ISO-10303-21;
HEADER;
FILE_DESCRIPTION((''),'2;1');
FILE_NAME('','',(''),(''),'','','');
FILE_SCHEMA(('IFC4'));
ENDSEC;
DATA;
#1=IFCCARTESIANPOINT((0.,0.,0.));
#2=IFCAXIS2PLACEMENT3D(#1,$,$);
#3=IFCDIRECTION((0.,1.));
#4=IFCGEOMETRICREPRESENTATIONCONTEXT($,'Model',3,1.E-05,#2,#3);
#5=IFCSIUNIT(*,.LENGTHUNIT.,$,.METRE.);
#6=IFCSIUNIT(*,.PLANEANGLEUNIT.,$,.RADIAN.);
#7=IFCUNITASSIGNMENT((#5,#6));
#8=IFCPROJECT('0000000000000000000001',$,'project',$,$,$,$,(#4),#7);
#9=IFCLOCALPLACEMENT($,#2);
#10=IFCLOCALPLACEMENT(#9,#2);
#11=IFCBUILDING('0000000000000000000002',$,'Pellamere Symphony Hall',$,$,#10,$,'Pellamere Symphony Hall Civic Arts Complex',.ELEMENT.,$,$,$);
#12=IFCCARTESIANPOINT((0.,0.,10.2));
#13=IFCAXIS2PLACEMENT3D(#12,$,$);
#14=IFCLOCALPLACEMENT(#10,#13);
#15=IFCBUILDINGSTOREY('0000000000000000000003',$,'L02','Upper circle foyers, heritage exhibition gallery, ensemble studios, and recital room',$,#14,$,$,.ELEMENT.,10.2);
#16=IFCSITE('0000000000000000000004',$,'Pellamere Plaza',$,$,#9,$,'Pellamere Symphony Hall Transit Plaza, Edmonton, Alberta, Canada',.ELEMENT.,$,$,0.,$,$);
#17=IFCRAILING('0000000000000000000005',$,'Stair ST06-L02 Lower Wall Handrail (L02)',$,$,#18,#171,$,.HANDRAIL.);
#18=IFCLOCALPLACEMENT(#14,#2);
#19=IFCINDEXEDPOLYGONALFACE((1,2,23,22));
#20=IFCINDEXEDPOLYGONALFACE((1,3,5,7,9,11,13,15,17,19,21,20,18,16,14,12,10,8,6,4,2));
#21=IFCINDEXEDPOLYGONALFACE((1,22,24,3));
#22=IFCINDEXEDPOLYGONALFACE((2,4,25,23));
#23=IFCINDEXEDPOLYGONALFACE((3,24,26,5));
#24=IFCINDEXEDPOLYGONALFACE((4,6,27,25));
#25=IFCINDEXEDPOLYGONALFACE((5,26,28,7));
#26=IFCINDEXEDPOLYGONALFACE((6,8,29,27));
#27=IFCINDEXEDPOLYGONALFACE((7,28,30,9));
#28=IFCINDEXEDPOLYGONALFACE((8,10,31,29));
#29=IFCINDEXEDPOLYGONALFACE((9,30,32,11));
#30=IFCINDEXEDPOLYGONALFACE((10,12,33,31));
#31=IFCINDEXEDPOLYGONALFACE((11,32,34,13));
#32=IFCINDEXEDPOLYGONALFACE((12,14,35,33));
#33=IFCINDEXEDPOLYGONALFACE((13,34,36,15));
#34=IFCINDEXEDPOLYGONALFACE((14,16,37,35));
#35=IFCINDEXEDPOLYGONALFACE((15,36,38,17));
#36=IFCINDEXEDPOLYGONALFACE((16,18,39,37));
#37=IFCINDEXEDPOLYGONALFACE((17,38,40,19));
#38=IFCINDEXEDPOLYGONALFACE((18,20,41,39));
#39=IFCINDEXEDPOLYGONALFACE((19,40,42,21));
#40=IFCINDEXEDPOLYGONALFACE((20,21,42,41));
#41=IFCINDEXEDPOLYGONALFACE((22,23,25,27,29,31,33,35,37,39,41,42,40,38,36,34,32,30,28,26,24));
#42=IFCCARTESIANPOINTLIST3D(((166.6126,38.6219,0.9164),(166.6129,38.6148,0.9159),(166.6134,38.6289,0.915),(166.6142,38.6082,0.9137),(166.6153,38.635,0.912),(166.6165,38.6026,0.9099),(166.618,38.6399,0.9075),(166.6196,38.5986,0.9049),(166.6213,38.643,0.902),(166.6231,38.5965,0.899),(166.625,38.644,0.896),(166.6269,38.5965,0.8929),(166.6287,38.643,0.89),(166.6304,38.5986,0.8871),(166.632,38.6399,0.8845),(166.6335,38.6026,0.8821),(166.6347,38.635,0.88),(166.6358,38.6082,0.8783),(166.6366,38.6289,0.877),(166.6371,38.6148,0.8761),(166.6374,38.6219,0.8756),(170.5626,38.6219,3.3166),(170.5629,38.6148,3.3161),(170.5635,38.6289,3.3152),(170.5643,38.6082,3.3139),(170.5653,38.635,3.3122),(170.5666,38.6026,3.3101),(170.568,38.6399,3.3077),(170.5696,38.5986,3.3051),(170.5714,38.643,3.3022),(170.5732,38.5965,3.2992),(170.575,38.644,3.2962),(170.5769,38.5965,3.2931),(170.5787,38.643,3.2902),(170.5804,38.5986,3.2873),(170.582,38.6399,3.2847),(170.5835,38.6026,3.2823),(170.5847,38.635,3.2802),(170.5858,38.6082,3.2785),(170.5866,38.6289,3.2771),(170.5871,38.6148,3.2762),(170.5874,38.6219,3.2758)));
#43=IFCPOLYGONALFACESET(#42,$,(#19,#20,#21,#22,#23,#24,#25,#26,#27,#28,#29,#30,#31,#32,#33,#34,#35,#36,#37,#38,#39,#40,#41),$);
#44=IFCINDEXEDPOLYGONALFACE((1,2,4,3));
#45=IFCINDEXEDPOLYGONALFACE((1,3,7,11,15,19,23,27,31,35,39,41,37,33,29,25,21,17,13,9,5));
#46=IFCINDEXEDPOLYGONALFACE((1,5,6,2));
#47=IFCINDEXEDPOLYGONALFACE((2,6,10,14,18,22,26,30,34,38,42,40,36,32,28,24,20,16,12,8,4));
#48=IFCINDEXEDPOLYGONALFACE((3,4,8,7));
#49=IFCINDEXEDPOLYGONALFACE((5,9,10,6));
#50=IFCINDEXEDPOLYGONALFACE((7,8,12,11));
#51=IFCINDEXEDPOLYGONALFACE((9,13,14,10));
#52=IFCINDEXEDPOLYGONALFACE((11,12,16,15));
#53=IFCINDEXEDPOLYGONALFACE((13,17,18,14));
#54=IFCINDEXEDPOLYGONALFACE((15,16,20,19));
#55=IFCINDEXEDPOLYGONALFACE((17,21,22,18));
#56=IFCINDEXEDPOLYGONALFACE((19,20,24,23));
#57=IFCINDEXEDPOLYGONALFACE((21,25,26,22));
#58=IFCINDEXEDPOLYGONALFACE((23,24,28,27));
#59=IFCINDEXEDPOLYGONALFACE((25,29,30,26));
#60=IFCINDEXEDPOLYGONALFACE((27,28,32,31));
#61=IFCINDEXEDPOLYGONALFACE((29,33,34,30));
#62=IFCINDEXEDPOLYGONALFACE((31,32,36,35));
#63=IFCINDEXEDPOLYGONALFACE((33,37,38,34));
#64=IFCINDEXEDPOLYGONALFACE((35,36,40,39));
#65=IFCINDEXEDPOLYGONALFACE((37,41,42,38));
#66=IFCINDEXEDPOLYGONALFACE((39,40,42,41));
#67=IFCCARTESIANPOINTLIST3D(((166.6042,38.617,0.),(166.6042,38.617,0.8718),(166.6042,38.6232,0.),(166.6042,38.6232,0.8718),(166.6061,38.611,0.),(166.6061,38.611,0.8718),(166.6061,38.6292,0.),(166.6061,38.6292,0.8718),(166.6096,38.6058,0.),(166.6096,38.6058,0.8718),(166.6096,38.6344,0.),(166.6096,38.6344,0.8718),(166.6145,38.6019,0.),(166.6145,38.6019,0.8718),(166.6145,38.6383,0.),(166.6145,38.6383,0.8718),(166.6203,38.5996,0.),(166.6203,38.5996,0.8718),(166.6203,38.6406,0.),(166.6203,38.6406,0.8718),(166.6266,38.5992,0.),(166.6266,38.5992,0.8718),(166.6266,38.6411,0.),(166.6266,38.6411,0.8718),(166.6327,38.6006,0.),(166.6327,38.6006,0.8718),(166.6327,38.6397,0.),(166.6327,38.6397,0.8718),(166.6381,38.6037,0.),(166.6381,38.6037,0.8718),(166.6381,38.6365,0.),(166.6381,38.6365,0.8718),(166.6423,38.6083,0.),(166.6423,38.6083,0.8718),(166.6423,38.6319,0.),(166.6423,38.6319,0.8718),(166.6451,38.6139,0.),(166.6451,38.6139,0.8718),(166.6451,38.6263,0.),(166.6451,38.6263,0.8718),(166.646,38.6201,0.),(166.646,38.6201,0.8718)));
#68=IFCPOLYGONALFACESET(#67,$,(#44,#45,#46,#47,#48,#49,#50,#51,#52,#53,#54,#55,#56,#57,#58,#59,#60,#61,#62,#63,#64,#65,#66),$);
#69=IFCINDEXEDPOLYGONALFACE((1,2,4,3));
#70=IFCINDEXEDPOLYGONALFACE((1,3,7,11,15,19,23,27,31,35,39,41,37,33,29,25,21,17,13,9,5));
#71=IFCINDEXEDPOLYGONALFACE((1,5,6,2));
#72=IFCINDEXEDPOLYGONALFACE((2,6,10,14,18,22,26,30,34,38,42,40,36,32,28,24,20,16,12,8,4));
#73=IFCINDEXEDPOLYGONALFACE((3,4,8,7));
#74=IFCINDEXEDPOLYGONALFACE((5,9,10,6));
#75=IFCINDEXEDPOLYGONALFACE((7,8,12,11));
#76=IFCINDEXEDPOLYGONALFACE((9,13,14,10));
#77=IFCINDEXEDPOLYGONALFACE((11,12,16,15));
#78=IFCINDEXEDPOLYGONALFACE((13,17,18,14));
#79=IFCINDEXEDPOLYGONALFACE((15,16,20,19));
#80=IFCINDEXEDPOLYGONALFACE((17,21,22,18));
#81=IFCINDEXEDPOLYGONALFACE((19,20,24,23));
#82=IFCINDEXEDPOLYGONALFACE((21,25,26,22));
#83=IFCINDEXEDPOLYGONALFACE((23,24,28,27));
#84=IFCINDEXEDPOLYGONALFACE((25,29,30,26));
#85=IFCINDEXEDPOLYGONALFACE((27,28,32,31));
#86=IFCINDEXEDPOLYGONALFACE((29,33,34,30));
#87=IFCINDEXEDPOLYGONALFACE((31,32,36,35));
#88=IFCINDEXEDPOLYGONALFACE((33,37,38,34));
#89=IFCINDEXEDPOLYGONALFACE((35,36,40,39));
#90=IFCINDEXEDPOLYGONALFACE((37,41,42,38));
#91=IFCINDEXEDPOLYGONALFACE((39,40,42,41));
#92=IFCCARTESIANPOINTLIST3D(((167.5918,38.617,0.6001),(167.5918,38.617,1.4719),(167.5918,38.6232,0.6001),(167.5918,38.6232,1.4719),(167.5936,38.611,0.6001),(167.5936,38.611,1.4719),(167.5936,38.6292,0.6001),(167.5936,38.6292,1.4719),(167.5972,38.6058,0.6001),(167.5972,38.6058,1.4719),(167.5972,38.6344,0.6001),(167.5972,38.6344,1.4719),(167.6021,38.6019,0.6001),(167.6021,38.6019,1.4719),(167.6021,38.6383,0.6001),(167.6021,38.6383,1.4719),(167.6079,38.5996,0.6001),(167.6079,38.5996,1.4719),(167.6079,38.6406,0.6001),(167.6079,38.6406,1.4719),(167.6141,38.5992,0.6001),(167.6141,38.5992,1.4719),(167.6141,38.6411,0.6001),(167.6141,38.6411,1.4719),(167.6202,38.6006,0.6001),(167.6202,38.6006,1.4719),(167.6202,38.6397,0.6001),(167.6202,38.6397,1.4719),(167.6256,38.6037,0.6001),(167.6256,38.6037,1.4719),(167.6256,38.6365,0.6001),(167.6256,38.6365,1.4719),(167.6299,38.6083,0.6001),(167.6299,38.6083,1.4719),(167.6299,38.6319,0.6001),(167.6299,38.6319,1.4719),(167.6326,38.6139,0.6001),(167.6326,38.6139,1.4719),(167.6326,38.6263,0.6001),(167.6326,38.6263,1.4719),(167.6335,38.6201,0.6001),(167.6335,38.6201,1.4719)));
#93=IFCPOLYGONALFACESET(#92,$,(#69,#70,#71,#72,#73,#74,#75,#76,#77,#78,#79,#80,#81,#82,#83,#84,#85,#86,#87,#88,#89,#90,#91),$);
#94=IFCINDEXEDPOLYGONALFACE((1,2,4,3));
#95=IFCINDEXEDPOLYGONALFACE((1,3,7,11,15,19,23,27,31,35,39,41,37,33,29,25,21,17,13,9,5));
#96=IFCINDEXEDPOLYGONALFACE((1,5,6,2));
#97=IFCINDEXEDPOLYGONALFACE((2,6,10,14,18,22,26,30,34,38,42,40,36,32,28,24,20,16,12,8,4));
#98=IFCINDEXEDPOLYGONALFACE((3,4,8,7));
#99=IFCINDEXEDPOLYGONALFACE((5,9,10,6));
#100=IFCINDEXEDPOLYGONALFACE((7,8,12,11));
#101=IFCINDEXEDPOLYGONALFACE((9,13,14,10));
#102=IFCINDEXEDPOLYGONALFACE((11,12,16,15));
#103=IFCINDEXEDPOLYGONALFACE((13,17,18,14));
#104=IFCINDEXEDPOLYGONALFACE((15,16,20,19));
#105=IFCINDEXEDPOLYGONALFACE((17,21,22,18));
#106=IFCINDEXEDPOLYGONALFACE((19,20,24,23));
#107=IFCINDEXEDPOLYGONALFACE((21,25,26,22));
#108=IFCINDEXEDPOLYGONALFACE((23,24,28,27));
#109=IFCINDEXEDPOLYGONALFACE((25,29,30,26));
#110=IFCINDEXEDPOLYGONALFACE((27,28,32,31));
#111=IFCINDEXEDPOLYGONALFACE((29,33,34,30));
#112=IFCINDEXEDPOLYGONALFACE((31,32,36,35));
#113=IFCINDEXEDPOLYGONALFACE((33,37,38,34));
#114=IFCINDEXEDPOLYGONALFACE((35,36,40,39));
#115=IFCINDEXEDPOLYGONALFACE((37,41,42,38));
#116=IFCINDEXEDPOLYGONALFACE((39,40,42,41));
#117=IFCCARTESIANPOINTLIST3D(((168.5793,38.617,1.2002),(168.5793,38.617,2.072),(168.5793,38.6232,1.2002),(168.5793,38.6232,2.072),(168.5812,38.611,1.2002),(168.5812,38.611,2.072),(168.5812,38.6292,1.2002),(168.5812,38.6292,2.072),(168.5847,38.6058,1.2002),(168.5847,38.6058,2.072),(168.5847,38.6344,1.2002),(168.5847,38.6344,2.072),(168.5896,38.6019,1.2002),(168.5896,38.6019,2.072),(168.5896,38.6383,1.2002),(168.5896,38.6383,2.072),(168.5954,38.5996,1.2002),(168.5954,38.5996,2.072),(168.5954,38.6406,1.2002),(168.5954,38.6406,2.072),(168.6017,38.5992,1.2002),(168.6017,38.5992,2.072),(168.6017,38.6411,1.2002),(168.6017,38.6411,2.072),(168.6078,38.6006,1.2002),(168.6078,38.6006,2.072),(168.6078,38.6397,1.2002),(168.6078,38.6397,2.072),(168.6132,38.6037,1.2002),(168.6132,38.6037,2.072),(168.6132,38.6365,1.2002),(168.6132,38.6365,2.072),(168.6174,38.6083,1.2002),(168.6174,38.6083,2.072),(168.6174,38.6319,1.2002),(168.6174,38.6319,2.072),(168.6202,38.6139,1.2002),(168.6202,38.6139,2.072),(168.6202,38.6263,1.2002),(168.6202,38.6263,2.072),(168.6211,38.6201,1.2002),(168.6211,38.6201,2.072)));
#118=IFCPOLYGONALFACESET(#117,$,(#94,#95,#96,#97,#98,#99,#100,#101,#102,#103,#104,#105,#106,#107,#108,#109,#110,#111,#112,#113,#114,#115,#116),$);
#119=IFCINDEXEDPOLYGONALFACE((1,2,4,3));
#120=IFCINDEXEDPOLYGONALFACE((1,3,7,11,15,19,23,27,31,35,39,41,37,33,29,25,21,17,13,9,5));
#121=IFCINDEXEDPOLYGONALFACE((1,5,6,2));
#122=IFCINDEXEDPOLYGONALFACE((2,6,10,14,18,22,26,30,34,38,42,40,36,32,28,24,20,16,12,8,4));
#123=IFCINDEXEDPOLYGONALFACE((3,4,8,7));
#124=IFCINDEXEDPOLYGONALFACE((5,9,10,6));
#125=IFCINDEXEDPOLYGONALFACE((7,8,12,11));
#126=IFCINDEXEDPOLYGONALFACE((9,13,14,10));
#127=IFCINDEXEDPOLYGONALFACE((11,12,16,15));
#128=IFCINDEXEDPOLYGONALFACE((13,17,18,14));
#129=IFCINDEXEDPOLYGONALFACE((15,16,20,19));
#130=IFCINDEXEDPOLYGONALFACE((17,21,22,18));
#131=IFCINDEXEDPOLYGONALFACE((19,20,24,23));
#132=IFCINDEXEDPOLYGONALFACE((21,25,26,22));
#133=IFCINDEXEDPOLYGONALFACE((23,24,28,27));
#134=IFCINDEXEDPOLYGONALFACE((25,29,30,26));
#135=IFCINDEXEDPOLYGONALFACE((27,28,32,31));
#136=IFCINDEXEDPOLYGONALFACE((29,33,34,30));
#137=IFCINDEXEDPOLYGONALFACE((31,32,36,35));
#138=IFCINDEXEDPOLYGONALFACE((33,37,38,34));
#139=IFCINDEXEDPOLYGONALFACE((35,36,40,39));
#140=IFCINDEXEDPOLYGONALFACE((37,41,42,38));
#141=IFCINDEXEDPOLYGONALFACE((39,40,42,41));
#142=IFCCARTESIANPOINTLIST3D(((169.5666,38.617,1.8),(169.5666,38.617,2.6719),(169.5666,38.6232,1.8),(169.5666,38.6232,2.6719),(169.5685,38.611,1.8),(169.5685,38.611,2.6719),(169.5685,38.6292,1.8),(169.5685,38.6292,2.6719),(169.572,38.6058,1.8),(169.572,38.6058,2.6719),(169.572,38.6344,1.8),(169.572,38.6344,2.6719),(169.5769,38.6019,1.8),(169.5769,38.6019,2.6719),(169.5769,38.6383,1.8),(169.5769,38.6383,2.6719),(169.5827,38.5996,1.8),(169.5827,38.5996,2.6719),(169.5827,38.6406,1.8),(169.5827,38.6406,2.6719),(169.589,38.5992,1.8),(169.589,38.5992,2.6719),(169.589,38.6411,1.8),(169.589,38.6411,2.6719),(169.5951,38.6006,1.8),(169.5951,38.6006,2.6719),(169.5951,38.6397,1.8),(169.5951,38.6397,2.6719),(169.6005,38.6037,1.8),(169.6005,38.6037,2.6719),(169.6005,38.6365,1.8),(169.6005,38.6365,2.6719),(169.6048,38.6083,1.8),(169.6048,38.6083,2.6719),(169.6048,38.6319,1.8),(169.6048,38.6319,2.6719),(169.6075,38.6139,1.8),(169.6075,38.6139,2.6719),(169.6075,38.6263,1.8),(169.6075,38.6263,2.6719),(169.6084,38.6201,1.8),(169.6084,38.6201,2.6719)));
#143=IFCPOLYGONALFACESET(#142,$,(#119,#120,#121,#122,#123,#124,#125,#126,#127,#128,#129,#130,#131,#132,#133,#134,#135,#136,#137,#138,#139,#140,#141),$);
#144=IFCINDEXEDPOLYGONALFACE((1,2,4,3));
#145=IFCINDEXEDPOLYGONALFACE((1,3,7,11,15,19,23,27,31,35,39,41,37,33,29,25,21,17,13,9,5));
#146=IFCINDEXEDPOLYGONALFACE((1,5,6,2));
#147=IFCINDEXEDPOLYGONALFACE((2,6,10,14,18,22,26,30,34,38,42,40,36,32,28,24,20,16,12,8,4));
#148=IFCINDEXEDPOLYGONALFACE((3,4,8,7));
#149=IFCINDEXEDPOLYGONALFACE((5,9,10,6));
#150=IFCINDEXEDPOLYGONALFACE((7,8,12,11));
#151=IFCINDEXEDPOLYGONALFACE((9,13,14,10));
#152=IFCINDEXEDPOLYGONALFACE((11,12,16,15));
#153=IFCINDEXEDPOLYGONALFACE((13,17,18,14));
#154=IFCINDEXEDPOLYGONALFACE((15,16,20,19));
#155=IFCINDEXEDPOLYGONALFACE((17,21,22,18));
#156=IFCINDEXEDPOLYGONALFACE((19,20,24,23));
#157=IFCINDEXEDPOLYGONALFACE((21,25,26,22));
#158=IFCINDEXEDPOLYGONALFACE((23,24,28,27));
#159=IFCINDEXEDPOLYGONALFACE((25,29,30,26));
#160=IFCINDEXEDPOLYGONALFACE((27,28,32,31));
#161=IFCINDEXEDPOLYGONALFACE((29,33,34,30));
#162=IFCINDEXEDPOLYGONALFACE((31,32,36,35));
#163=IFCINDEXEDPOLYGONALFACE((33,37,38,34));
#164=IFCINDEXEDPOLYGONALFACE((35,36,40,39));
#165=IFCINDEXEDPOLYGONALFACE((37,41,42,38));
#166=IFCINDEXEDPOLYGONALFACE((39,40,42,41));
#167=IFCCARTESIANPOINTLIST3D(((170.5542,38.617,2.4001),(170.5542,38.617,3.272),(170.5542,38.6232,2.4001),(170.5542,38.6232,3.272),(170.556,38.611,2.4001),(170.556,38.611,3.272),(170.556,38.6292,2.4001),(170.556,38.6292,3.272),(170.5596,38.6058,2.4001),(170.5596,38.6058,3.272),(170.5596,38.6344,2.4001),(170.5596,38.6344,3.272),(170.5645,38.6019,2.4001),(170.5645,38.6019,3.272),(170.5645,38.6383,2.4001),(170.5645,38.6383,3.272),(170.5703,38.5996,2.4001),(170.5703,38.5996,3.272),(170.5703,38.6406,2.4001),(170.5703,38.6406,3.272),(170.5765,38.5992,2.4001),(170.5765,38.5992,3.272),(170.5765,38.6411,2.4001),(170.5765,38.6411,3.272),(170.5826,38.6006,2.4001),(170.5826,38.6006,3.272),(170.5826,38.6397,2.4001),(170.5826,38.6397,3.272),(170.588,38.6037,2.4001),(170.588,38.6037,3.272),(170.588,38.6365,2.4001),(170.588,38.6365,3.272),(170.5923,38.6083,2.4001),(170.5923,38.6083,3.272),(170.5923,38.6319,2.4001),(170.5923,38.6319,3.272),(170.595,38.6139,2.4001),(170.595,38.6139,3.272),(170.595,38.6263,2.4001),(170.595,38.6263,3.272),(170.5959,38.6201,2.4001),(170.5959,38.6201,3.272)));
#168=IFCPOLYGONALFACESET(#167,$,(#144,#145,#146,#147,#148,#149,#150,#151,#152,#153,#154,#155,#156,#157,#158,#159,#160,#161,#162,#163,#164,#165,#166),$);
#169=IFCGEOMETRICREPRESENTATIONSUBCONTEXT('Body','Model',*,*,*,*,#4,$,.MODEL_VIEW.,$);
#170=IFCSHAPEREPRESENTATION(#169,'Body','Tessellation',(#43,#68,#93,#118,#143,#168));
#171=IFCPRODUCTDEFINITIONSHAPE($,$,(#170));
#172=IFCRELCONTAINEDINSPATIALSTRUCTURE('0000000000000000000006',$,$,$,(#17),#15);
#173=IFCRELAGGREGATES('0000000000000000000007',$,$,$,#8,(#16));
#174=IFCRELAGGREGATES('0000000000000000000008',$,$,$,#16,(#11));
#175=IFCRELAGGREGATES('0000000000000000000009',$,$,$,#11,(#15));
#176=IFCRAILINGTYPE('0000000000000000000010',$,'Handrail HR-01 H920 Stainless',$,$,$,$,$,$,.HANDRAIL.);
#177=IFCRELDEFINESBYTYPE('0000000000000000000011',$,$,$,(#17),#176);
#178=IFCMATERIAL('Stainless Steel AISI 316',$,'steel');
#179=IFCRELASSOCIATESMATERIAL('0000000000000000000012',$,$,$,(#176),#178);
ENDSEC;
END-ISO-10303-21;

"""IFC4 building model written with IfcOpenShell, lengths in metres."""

from ifc_helpers import new_model, si_unit, direction, frame, origin, origin_2d, place, context, subcontext, project, spatial, circle, extrude, material, type_object, element, save


model = new_model("IFC4")

# Units and contexts
model_context = context("Model", 3, precision=1e-05, world=origin(), true_north=direction((0.0, 1.0)))
body_context = subcontext(model_context, "Body", "Model", "MODEL_VIEW")
ifc_project = project(units=[si_unit("LENGTHUNIT", "METRE"), si_unit("PLANEANGLEUNIT", "RADIAN")], contexts=[model_context])

# Site, building, storey
site_placement = place(None, origin())
site = spatial("IfcSite", under=ifc_project, at=site_placement, Name="Pellamere Plaza", LongName="Pellamere Symphony Hall Transit Plaza, Edmonton, Alberta, Canada", CompositionType="ELEMENT", RefElevation=0.0)
building_placement = place(site_placement, origin())
building = spatial("IfcBuilding", under=site, at=building_placement, Name="Pellamere Symphony Hall", LongName="Pellamere Symphony Hall Civic Arts Complex", CompositionType="ELEMENT")
storey_placement = place(building_placement, frame((0.0, 0.0, 10.2)))
storey = spatial("IfcBuildingStorey", under=building, at=storey_placement, Name="L02", Description="Upper circle foyers, heritage exhibition gallery, ensemble studios, and recital room", CompositionType="ELEMENT", Elevation=10.2)

# Railing
ifc_material_1 = material(Name="Stainless Steel AISI 316", Category="steel")
railing_type_1 = type_object("IfcRailingType", Name="Handrail HR-01 H920 Stainless", PredefinedType="HANDRAIL", material=ifc_material_1)
railing_1_placement = place(storey_placement, frame((166.625, 38.6201, 0.0)))
element("IfcRailing", 1, at=railing_1_placement, inside=storey, type_object=railing_type_1, Name="Stair ST06-L02 Lower Wall Handrail (L02)", PredefinedType="HANDRAIL", context=body_context, shape_type="SweptSolid", body=[
    extrude(circle(Radius=0.0239, at=origin_2d()), frame((0.0, 0.0, 0.896), z_axis=(0.854599, 0.0, 0.519288), x_axis=(0.0, 1.0, 0.0)), (0.0, 0.0, 1.0), 4.6221),
    extrude(circle(Radius=0.021, at=origin_2d()), origin(), (0.0, 0.0, 1.0), 0.8718),
    extrude(circle(Radius=0.021, at=origin_2d()), frame((0.9875, 0.0, 0.6001)), (0.0, 0.0, 1.0), 0.8718),
    extrude(circle(Radius=0.021, at=origin_2d()), frame((1.9751, 0.0, 1.2002)), (0.0, 0.0, 1.0), 0.8718),
    extrude(circle(Radius=0.021, at=origin_2d()), frame((2.9624, 0.0, 1.8)), (0.0, 0.0, 1.0), 0.8718),
    extrude(circle(Radius=0.021, at=origin_2d()), frame((3.95, 0.0, 2.4001)), (0.0, 0.0, 1.0), 0.8718),
])

save(model, "model.ifc")
